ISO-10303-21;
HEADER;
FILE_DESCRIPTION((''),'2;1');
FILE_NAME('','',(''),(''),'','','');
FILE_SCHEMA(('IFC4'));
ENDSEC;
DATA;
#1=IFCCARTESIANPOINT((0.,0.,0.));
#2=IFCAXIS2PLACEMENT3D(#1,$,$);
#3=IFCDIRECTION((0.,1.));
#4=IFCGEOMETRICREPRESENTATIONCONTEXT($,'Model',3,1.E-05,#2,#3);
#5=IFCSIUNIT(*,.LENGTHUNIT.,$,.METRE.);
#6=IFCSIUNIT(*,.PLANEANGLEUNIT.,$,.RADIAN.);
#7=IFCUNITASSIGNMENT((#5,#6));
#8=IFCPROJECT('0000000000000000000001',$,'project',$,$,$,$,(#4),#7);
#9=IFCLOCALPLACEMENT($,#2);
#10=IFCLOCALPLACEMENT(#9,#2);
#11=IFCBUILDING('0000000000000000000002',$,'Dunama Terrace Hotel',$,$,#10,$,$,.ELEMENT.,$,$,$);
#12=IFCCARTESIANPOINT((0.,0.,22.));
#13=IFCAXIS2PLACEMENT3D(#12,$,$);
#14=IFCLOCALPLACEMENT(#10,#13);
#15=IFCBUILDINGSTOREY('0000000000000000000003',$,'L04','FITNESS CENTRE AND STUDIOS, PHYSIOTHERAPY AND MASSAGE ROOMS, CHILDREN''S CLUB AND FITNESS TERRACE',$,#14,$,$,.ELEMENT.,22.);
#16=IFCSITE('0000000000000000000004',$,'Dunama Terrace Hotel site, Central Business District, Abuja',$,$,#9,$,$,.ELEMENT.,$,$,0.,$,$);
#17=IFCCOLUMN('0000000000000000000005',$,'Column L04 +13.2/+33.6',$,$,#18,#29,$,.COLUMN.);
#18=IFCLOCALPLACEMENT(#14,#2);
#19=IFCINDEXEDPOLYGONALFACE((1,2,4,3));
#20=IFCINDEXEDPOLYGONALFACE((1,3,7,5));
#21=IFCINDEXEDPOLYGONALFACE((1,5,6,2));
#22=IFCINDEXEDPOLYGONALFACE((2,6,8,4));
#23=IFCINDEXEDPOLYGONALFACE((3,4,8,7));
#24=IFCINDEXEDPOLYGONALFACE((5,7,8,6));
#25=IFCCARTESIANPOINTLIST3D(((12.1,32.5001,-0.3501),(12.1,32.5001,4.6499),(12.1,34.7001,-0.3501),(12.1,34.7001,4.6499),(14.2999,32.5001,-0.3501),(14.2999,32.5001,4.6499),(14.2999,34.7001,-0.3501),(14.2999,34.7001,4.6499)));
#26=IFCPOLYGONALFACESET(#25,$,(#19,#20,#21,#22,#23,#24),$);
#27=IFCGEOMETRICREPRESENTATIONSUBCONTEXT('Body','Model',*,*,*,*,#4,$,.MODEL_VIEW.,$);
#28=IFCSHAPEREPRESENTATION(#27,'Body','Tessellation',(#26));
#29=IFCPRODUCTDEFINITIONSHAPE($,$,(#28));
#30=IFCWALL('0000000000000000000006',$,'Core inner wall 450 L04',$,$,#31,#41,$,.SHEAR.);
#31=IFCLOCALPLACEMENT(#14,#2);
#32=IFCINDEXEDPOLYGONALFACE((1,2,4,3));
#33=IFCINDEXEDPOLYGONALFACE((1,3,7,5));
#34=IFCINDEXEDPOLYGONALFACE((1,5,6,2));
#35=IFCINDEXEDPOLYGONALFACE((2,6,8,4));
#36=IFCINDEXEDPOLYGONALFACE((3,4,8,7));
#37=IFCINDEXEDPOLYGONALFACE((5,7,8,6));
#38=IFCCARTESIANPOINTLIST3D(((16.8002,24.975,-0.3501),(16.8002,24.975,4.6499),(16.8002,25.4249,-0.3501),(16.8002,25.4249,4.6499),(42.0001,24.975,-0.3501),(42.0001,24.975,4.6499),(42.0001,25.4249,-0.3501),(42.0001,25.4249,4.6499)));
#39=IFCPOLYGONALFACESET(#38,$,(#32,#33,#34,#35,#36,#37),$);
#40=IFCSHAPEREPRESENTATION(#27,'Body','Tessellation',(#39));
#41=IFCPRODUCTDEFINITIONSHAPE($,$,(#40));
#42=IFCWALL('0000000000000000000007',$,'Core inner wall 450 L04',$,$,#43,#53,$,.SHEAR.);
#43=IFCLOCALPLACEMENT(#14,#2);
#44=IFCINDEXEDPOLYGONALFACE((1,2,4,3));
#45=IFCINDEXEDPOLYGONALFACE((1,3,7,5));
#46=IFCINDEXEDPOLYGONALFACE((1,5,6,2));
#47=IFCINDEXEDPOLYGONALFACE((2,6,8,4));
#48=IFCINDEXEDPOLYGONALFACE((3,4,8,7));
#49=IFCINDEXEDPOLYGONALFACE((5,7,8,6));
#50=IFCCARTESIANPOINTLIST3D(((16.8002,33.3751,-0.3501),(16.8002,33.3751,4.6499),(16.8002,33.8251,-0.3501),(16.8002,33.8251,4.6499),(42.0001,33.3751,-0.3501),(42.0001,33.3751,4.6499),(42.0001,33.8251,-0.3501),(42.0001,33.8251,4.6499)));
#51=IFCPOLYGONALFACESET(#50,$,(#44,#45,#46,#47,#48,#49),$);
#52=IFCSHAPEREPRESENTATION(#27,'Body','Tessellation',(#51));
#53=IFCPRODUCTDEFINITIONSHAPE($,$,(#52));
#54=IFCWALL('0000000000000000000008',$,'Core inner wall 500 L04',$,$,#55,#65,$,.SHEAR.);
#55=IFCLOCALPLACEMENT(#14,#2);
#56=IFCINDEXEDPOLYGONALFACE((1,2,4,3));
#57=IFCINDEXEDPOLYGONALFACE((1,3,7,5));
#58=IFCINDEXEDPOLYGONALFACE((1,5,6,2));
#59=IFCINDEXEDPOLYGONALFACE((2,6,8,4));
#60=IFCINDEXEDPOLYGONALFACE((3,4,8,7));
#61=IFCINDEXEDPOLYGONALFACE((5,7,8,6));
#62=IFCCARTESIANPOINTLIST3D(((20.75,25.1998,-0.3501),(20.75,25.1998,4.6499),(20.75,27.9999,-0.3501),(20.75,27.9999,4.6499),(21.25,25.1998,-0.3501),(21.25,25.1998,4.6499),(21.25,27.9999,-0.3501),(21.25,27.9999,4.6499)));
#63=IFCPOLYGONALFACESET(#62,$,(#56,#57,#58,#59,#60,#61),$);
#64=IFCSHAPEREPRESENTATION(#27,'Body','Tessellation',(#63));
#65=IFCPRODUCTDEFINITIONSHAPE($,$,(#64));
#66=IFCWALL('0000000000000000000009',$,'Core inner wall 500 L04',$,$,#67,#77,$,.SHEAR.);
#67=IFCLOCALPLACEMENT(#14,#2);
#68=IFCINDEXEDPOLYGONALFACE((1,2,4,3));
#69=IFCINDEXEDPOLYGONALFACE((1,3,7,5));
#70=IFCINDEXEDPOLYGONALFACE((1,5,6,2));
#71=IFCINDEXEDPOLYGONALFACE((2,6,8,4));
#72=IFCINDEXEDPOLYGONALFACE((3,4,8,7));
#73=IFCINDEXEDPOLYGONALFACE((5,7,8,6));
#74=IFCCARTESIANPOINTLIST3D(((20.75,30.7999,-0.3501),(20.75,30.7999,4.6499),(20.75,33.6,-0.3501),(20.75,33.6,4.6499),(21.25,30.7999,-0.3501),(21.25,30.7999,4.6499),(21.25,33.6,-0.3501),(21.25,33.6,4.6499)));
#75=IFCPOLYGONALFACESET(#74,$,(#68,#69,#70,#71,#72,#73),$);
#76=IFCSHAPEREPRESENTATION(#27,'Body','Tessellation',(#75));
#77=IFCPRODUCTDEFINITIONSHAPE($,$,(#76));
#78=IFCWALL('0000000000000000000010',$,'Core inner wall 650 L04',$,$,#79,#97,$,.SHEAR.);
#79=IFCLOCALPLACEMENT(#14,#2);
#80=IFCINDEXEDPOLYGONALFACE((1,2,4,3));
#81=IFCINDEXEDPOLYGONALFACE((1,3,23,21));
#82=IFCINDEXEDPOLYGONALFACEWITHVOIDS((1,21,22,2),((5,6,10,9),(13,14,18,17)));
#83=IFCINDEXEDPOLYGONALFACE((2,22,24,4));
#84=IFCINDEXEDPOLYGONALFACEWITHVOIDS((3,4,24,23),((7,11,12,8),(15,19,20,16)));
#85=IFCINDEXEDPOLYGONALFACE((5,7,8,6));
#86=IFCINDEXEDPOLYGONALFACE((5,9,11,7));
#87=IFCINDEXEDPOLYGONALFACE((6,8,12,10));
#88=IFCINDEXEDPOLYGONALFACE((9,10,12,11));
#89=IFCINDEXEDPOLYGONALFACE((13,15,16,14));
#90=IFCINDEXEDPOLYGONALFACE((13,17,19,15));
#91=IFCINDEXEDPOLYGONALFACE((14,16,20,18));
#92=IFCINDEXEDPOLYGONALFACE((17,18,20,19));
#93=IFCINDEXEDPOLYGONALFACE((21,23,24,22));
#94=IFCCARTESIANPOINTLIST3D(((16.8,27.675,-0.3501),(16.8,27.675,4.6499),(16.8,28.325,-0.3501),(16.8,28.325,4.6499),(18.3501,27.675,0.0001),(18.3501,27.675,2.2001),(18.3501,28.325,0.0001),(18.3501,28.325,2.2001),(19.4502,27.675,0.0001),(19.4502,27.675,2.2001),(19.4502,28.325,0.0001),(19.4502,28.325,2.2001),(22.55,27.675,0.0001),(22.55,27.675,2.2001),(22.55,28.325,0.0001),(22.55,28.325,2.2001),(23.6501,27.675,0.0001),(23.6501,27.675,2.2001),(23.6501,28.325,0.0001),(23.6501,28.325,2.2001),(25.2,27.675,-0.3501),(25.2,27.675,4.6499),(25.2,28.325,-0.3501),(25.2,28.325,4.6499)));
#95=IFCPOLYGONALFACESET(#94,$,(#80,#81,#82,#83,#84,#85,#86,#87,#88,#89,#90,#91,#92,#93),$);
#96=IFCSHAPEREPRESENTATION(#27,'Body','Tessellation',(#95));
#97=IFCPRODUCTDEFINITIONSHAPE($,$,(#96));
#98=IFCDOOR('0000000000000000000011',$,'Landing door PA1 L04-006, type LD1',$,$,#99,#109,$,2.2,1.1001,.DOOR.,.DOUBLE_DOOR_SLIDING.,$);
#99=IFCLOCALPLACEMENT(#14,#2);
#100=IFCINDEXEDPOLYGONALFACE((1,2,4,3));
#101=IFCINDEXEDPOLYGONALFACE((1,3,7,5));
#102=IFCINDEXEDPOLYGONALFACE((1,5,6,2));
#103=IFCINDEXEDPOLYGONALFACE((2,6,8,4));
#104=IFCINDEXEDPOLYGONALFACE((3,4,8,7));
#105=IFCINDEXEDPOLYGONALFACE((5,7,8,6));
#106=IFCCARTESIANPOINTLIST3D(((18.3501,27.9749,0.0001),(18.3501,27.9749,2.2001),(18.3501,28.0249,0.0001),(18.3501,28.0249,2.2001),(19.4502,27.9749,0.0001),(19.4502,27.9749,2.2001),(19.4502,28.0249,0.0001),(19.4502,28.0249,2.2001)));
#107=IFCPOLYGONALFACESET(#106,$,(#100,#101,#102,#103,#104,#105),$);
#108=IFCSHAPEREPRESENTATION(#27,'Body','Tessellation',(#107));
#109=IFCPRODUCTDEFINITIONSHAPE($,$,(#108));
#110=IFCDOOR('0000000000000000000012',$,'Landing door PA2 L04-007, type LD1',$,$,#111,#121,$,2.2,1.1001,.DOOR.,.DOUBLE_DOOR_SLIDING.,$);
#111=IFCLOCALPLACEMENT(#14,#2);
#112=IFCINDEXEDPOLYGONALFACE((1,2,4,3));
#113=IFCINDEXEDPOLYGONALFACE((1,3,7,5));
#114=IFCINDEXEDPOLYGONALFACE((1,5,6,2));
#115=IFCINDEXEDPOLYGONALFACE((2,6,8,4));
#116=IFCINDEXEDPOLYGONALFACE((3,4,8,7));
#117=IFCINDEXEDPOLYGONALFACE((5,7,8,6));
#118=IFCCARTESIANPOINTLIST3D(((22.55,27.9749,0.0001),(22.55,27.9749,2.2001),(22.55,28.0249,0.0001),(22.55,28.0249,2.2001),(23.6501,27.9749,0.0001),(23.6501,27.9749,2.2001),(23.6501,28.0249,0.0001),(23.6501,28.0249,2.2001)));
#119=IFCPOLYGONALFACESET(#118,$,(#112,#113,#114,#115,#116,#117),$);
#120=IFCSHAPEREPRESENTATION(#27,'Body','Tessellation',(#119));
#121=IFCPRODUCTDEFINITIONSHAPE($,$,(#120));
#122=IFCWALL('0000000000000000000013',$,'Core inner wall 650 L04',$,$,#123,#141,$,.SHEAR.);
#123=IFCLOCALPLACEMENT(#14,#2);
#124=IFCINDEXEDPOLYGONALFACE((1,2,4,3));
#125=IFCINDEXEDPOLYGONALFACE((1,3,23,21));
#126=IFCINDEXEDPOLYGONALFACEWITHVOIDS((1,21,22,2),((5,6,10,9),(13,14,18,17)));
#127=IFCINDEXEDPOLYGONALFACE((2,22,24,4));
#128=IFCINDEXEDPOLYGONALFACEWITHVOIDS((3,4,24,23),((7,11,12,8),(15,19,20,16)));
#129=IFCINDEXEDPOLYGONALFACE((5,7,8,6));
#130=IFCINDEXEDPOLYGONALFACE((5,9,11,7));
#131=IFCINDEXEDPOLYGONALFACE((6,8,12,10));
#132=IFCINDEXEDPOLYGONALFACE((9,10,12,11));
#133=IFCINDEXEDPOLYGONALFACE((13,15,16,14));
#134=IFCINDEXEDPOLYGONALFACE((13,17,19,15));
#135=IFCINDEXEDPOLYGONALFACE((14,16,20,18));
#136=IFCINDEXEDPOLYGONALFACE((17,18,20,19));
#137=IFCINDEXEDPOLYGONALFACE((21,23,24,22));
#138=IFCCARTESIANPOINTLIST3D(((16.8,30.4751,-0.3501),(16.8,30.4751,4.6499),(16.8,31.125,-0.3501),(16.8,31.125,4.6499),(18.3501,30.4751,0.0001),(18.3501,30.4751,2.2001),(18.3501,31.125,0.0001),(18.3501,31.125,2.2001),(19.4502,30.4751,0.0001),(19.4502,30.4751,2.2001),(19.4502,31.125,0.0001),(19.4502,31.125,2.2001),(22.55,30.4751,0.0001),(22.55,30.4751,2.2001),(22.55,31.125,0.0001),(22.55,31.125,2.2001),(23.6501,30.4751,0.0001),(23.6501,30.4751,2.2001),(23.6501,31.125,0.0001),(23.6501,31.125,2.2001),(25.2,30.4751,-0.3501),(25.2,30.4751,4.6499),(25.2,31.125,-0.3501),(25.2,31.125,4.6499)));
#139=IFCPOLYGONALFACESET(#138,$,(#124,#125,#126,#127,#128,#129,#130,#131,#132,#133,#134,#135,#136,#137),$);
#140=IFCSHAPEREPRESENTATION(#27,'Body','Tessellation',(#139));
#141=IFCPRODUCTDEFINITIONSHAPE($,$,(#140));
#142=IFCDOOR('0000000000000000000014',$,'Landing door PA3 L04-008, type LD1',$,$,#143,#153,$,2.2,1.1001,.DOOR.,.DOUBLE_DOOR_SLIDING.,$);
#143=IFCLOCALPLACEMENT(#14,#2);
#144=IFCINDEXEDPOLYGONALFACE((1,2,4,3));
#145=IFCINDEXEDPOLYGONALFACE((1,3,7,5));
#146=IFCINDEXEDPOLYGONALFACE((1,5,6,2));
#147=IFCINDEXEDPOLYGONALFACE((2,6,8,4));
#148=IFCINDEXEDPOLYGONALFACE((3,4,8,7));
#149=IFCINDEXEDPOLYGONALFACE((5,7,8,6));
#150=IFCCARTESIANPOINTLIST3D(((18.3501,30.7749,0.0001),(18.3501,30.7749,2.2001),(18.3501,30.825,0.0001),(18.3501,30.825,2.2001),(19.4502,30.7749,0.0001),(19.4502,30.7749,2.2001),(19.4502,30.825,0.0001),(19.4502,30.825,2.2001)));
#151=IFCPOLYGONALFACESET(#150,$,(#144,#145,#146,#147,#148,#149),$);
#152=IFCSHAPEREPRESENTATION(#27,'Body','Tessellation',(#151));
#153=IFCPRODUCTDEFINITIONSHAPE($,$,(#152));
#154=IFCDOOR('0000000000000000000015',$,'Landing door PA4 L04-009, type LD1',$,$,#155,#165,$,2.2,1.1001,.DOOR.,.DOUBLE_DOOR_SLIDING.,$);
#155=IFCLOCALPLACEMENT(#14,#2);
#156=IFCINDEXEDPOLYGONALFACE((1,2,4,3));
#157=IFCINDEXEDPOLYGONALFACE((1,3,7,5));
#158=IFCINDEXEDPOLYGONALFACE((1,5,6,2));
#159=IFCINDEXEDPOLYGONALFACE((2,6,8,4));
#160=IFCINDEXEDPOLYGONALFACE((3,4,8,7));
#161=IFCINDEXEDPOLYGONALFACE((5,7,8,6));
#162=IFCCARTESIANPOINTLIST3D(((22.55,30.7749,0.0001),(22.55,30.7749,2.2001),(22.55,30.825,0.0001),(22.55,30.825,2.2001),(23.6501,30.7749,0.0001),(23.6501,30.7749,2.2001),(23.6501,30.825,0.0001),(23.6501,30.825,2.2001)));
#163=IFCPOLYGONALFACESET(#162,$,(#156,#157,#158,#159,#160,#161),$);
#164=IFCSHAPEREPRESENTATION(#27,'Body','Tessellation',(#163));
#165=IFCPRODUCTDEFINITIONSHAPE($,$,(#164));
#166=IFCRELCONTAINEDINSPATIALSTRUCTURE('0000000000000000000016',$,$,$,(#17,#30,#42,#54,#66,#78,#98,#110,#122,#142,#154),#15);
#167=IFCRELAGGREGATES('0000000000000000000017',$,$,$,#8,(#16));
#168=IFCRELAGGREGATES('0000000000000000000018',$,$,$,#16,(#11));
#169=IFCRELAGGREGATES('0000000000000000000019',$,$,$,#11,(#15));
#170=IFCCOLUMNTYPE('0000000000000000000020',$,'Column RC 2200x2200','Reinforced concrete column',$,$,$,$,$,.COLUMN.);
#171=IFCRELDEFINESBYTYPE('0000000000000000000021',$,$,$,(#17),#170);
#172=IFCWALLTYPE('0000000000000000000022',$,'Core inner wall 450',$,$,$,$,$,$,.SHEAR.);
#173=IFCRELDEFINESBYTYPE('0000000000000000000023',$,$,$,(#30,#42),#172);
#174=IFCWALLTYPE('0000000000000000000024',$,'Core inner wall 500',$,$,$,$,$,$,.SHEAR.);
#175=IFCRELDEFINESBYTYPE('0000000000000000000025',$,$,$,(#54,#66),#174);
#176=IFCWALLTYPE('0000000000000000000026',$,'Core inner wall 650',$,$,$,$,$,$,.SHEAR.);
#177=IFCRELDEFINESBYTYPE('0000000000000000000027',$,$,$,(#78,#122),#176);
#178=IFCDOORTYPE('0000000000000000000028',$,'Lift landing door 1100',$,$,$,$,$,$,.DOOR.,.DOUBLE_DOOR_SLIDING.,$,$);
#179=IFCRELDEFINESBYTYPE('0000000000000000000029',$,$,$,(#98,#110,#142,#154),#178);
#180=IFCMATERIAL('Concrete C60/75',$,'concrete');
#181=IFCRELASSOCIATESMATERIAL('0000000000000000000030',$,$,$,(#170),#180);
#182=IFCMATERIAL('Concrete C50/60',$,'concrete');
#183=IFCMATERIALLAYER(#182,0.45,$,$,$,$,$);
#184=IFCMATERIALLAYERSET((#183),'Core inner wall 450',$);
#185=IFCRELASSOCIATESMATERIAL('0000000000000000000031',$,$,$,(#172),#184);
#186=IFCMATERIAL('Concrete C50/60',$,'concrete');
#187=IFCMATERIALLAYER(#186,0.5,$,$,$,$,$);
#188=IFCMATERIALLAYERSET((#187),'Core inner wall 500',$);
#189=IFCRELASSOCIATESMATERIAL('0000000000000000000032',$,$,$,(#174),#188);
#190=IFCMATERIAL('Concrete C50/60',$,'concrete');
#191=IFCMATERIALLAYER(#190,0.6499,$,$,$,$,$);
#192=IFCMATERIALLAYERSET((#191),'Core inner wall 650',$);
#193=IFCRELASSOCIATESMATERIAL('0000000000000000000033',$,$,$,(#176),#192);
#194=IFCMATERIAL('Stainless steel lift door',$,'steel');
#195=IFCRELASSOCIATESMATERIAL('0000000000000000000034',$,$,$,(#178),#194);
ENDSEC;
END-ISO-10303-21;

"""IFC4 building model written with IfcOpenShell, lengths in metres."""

from ifc_helpers import new_model, si_unit, direction, frame, frame_2d, origin, origin_2d, place, context, subcontext, project, spatial, rectangle, extrude, material, layer, layer_set, material_profile, profile_set, type_object, element, fill, save


model = new_model("IFC4")

# Units and contexts
model_context = context("Model", 3, precision=1e-05, world=origin(), true_north=direction((0.0, 1.0)))
body_context = subcontext(model_context, "Body", "Model", "MODEL_VIEW")
ifc_project = project(units=[si_unit("LENGTHUNIT", "METRE"), si_unit("PLANEANGLEUNIT", "RADIAN")], contexts=[model_context])

# Site, building, storey
site_placement = place(None, origin())
site = spatial("IfcSite", under=ifc_project, at=site_placement, Name="Dunama Terrace Hotel site, Central Business District, Abuja", CompositionType="ELEMENT", RefElevation=0.0)
building_placement = place(site_placement, origin())
building = spatial("IfcBuilding", under=site, at=building_placement, Name="Dunama Terrace Hotel", CompositionType="ELEMENT")
storey_placement = place(building_placement, frame((0.0, 0.0, 22.0)))
storey = spatial("IfcBuildingStorey", under=building, at=storey_placement, Name="L04", Description="FITNESS CENTRE AND STUDIOS, PHYSIOTHERAPY AND MASSAGE ROOMS, CHILDREN'S CLUB AND FITNESS TERRACE", CompositionType="ELEMENT", Elevation=22.0)

# Column
ifc_material_1 = material(Name="Concrete C60/75", Category="concrete")
ifc_material_profile = material_profile(ifc_material_1, rectangle(XDim=2.2, YDim=2.2, at=origin_2d()), Name="RC 2200x2200")
ifc_profile_set = profile_set([ifc_material_profile], Name="Concrete C60/75")
column_type = type_object("IfcColumnType", Name="Column RC 2200x2200", Description="Reinforced concrete column", PredefinedType="COLUMN", material=ifc_profile_set)
column_placement = place(storey_placement, frame((13.2, 33.6001, -0.3501), z_axis=(0.0, 0.0, 1.0), x_axis=(1.0, 0.0, 0.0)))
element("IfcColumn", 1, at=column_placement, inside=storey, type_object=column_type, Name="Column L04 +13.2/+33.6", PredefinedType="COLUMN", context=body_context, shape_type="SweptSolid", body=[
    extrude(rectangle(XDim=2.2, YDim=2.2, at=origin_2d()), origin(), (0.0, 0.0, 1.0), 5.0),
])

# Walls
ifc_material_2 = material(Name="Concrete C50/60", Category="concrete")
ifc_layer_1 = layer(ifc_material_2, 0.45)
ifc_layer_set_1 = layer_set([ifc_layer_1], Name="Core inner wall 450")
wall_type_1 = type_object("IfcWallType", Name="Core inner wall 450", PredefinedType="SHEAR", material=ifc_layer_set_1)
for number, where, z_axis, x_axis, name in (
    (2, (16.8, 25.2, -0.3501), (0.0, 0.0, 1.0), (1.0, 0.0, 0.0), "Core inner wall 450 L04"),
    (3, (16.8, 33.6001, -0.3501), (0.0, 0.0, 1.0), (1.0, 0.0, 0.0), "Core inner wall 450 L04"),
):
    element("IfcWall", number, at=place(storey_placement, frame(where, z_axis=z_axis, x_axis=x_axis)), inside=storey, type_object=wall_type_1, Name=name, PredefinedType="SHEAR", context=body_context, shape_type="SweptSolid", body=[
        extrude(rectangle(XDim=25.2, YDim=0.45, at=frame_2d((12.6001, 0.0))), origin(), (0.0, 0.0, 1.0), 5.0),
    ])
ifc_material_3 = material(Name="Concrete C50/60", Category="concrete")
ifc_layer_2 = layer(ifc_material_3, 0.5)
ifc_layer_set_2 = layer_set([ifc_layer_2], Name="Core inner wall 500")
wall_type_2 = type_object("IfcWallType", Name="Core inner wall 500", PredefinedType="SHEAR", material=ifc_layer_set_2)
for number, where, z_axis, x_axis, name in (
    (4, (21.0, 25.2, -0.3501), (0.0, 0.0, 1.0), (0.0, 1.0, 0.0), "Core inner wall 500 L04"),
    (5, (21.0, 30.8, -0.3501), (0.0, 0.0, 1.0), (0.0, 1.0, 0.0), "Core inner wall 500 L04"),
):
    element("IfcWall", number, at=place(storey_placement, frame(where, z_axis=z_axis, x_axis=x_axis)), inside=storey, type_object=wall_type_2, Name=name, PredefinedType="SHEAR", context=body_context, shape_type="SweptSolid", body=[
        extrude(rectangle(XDim=2.8, YDim=0.5, at=frame_2d((1.3999, 0.0))), origin(), (0.0, 0.0, 1.0), 5.0),
    ])

# Walls, openings, doors
ifc_material_4 = material(Name="Concrete C50/60", Category="concrete")
ifc_layer_3 = layer(ifc_material_4, 0.6499)
ifc_layer_set_3 = layer_set([ifc_layer_3], Name="Core inner wall 650")
wall_type_3 = type_object("IfcWallType", Name="Core inner wall 650", PredefinedType="SHEAR", material=ifc_layer_set_3)
wall_1_placement = place(storey_placement, frame((16.8, 28.0, -0.3501), z_axis=(0.0, 0.0, 1.0), x_axis=(1.0, 0.0, 0.0)))
wall_1 = element("IfcWall", 6, at=wall_1_placement, inside=storey, type_object=wall_type_3, Name="Core inner wall 650 L04", PredefinedType="SHEAR", context=body_context, shape_type="SweptSolid", body=[
    extrude(rectangle(XDim=8.3999, YDim=0.6499, at=frame_2d((4.2, 0.0))), origin(), (0.0, 0.0, 1.0), 5.0),
])
opening_1_placement = place(wall_1_placement, frame((1.55, 0.0, 0.3501)))
opening_1 = element("IfcOpeningElement", 7, at=opening_1_placement, cuts=wall_1, PredefinedType="OPENING", context=body_context, shape_type="SweptSolid", body=[
    extrude(rectangle(XDim=1.1001, YDim=2.2, at=frame_2d((0.55, 1.1001))), frame((0.0, 0.335, 0.0), z_axis=(0.0, -1.0, 0.0), x_axis=(1.0, 0.0, 0.0)), (0.0, 0.0, 1.0), 0.6699),
])
opening_2_placement = place(wall_1_placement, frame((5.75, 0.0, 0.3501)))
opening_2 = element("IfcOpeningElement", 8, at=opening_2_placement, cuts=wall_1, PredefinedType="OPENING", context=body_context, shape_type="SweptSolid", body=[
    extrude(rectangle(XDim=1.1001, YDim=2.2, at=frame_2d((0.55, 1.1001))), frame((0.0, 0.335, 0.0), z_axis=(0.0, -1.0, 0.0), x_axis=(1.0, 0.0, 0.0)), (0.0, 0.0, 1.0), 0.6699),
])
ifc_material_5 = material(Name="Stainless steel lift door", Category="steel")
door_type = type_object("IfcDoorType", Name="Lift landing door 1100", OperationType="DOUBLE_DOOR_SLIDING", PredefinedType="DOOR", material=ifc_material_5)
door_1_placement = place(opening_1_placement, origin())
door_1 = element("IfcDoor", 9, at=door_1_placement, inside=storey, type_object=door_type, Name="Landing door PA1 L04-006, type LD1", OperationType="DOUBLE_DOOR_SLIDING", OverallHeight=2.2, OverallWidth=1.1001, PredefinedType="DOOR", context=body_context, shape_type="SweptSolid", body=[
    extrude(rectangle(XDim=1.1001, YDim=2.2, at=frame_2d((0.55, 1.1001))), frame((0.0, 0.0249, 0.0), z_axis=(0.0, -1.0, 0.0), x_axis=(1.0, 0.0, 0.0)), (0.0, 0.0, 1.0), 0.05),
])
fill(opening_1, door_1)
door_2_placement = place(opening_2_placement, origin())
door_2 = element("IfcDoor", 10, at=door_2_placement, inside=storey, type_object=door_type, Name="Landing door PA2 L04-007, type LD1", OperationType="DOUBLE_DOOR_SLIDING", OverallHeight=2.2, OverallWidth=1.1001, PredefinedType="DOOR", context=body_context, shape_type="SweptSolid", body=[
    extrude(rectangle(XDim=1.1001, YDim=2.2, at=frame_2d((0.55, 1.1001))), frame((0.0, 0.0249, 0.0), z_axis=(0.0, -1.0, 0.0), x_axis=(1.0, 0.0, 0.0)), (0.0, 0.0, 1.0), 0.05),
])
fill(opening_2, door_2)
wall_2_placement = place(storey_placement, frame((16.8, 30.8, -0.3501), z_axis=(0.0, 0.0, 1.0), x_axis=(1.0, 0.0, 0.0)))
wall_2 = element("IfcWall", 11, at=wall_2_placement, inside=storey, type_object=wall_type_3, Name="Core inner wall 650 L04", PredefinedType="SHEAR", context=body_context, shape_type="SweptSolid", body=[
    extrude(rectangle(XDim=8.3999, YDim=0.6499, at=frame_2d((4.2, 0.0))), origin(), (0.0, 0.0, 1.0), 5.0),
])
opening_3_placement = place(wall_2_placement, frame((1.55, 0.0, 0.3501)))
opening_3 = element("IfcOpeningElement", 12, at=opening_3_placement, cuts=wall_2, PredefinedType="OPENING", context=body_context, shape_type="SweptSolid", body=[
    extrude(rectangle(XDim=1.1001, YDim=2.2, at=frame_2d((0.55, 1.1001))), frame((0.0, 0.335, 0.0), z_axis=(0.0, -1.0, 0.0), x_axis=(1.0, 0.0, 0.0)), (0.0, 0.0, 1.0), 0.6699),
])
opening_4_placement = place(wall_2_placement, frame((5.75, 0.0, 0.3501)))
opening_4 = element("IfcOpeningElement", 13, at=opening_4_placement, cuts=wall_2, PredefinedType="OPENING", context=body_context, shape_type="SweptSolid", body=[
    extrude(rectangle(XDim=1.1001, YDim=2.2, at=frame_2d((0.55, 1.1001))), frame((0.0, 0.335, 0.0), z_axis=(0.0, -1.0, 0.0), x_axis=(1.0, 0.0, 0.0)), (0.0, 0.0, 1.0), 0.6699),
])
door_3_placement = place(opening_3_placement, origin())
door_3 = element("IfcDoor", 14, at=door_3_placement, inside=storey, type_object=door_type, Name="Landing door PA3 L04-008, type LD1", OperationType="DOUBLE_DOOR_SLIDING", OverallHeight=2.2, OverallWidth=1.1001, PredefinedType="DOOR", context=body_context, shape_type="SweptSolid", body=[
    extrude(rectangle(XDim=1.1001, YDim=2.2, at=frame_2d((0.55, 1.1001))), frame((0.0, 0.0249, 0.0), z_axis=(0.0, -1.0, 0.0), x_axis=(1.0, 0.0, 0.0)), (0.0, 0.0, 1.0), 0.05),
])
fill(opening_3, door_3)
door_4_placement = place(opening_4_placement, origin())
door_4 = element("IfcDoor", 15, at=door_4_placement, inside=storey, type_object=door_type, Name="Landing door PA4 L04-009, type LD1", OperationType="DOUBLE_DOOR_SLIDING", OverallHeight=2.2, OverallWidth=1.1001, PredefinedType="DOOR", context=body_context, shape_type="SweptSolid", body=[
    extrude(rectangle(XDim=1.1001, YDim=2.2, at=frame_2d((0.55, 1.1001))), frame((0.0, 0.0249, 0.0), z_axis=(0.0, -1.0, 0.0), x_axis=(1.0, 0.0, 0.0)), (0.0, 0.0, 1.0), 0.05),
])
fill(opening_4, door_4)

save(model, "model.ifc")
